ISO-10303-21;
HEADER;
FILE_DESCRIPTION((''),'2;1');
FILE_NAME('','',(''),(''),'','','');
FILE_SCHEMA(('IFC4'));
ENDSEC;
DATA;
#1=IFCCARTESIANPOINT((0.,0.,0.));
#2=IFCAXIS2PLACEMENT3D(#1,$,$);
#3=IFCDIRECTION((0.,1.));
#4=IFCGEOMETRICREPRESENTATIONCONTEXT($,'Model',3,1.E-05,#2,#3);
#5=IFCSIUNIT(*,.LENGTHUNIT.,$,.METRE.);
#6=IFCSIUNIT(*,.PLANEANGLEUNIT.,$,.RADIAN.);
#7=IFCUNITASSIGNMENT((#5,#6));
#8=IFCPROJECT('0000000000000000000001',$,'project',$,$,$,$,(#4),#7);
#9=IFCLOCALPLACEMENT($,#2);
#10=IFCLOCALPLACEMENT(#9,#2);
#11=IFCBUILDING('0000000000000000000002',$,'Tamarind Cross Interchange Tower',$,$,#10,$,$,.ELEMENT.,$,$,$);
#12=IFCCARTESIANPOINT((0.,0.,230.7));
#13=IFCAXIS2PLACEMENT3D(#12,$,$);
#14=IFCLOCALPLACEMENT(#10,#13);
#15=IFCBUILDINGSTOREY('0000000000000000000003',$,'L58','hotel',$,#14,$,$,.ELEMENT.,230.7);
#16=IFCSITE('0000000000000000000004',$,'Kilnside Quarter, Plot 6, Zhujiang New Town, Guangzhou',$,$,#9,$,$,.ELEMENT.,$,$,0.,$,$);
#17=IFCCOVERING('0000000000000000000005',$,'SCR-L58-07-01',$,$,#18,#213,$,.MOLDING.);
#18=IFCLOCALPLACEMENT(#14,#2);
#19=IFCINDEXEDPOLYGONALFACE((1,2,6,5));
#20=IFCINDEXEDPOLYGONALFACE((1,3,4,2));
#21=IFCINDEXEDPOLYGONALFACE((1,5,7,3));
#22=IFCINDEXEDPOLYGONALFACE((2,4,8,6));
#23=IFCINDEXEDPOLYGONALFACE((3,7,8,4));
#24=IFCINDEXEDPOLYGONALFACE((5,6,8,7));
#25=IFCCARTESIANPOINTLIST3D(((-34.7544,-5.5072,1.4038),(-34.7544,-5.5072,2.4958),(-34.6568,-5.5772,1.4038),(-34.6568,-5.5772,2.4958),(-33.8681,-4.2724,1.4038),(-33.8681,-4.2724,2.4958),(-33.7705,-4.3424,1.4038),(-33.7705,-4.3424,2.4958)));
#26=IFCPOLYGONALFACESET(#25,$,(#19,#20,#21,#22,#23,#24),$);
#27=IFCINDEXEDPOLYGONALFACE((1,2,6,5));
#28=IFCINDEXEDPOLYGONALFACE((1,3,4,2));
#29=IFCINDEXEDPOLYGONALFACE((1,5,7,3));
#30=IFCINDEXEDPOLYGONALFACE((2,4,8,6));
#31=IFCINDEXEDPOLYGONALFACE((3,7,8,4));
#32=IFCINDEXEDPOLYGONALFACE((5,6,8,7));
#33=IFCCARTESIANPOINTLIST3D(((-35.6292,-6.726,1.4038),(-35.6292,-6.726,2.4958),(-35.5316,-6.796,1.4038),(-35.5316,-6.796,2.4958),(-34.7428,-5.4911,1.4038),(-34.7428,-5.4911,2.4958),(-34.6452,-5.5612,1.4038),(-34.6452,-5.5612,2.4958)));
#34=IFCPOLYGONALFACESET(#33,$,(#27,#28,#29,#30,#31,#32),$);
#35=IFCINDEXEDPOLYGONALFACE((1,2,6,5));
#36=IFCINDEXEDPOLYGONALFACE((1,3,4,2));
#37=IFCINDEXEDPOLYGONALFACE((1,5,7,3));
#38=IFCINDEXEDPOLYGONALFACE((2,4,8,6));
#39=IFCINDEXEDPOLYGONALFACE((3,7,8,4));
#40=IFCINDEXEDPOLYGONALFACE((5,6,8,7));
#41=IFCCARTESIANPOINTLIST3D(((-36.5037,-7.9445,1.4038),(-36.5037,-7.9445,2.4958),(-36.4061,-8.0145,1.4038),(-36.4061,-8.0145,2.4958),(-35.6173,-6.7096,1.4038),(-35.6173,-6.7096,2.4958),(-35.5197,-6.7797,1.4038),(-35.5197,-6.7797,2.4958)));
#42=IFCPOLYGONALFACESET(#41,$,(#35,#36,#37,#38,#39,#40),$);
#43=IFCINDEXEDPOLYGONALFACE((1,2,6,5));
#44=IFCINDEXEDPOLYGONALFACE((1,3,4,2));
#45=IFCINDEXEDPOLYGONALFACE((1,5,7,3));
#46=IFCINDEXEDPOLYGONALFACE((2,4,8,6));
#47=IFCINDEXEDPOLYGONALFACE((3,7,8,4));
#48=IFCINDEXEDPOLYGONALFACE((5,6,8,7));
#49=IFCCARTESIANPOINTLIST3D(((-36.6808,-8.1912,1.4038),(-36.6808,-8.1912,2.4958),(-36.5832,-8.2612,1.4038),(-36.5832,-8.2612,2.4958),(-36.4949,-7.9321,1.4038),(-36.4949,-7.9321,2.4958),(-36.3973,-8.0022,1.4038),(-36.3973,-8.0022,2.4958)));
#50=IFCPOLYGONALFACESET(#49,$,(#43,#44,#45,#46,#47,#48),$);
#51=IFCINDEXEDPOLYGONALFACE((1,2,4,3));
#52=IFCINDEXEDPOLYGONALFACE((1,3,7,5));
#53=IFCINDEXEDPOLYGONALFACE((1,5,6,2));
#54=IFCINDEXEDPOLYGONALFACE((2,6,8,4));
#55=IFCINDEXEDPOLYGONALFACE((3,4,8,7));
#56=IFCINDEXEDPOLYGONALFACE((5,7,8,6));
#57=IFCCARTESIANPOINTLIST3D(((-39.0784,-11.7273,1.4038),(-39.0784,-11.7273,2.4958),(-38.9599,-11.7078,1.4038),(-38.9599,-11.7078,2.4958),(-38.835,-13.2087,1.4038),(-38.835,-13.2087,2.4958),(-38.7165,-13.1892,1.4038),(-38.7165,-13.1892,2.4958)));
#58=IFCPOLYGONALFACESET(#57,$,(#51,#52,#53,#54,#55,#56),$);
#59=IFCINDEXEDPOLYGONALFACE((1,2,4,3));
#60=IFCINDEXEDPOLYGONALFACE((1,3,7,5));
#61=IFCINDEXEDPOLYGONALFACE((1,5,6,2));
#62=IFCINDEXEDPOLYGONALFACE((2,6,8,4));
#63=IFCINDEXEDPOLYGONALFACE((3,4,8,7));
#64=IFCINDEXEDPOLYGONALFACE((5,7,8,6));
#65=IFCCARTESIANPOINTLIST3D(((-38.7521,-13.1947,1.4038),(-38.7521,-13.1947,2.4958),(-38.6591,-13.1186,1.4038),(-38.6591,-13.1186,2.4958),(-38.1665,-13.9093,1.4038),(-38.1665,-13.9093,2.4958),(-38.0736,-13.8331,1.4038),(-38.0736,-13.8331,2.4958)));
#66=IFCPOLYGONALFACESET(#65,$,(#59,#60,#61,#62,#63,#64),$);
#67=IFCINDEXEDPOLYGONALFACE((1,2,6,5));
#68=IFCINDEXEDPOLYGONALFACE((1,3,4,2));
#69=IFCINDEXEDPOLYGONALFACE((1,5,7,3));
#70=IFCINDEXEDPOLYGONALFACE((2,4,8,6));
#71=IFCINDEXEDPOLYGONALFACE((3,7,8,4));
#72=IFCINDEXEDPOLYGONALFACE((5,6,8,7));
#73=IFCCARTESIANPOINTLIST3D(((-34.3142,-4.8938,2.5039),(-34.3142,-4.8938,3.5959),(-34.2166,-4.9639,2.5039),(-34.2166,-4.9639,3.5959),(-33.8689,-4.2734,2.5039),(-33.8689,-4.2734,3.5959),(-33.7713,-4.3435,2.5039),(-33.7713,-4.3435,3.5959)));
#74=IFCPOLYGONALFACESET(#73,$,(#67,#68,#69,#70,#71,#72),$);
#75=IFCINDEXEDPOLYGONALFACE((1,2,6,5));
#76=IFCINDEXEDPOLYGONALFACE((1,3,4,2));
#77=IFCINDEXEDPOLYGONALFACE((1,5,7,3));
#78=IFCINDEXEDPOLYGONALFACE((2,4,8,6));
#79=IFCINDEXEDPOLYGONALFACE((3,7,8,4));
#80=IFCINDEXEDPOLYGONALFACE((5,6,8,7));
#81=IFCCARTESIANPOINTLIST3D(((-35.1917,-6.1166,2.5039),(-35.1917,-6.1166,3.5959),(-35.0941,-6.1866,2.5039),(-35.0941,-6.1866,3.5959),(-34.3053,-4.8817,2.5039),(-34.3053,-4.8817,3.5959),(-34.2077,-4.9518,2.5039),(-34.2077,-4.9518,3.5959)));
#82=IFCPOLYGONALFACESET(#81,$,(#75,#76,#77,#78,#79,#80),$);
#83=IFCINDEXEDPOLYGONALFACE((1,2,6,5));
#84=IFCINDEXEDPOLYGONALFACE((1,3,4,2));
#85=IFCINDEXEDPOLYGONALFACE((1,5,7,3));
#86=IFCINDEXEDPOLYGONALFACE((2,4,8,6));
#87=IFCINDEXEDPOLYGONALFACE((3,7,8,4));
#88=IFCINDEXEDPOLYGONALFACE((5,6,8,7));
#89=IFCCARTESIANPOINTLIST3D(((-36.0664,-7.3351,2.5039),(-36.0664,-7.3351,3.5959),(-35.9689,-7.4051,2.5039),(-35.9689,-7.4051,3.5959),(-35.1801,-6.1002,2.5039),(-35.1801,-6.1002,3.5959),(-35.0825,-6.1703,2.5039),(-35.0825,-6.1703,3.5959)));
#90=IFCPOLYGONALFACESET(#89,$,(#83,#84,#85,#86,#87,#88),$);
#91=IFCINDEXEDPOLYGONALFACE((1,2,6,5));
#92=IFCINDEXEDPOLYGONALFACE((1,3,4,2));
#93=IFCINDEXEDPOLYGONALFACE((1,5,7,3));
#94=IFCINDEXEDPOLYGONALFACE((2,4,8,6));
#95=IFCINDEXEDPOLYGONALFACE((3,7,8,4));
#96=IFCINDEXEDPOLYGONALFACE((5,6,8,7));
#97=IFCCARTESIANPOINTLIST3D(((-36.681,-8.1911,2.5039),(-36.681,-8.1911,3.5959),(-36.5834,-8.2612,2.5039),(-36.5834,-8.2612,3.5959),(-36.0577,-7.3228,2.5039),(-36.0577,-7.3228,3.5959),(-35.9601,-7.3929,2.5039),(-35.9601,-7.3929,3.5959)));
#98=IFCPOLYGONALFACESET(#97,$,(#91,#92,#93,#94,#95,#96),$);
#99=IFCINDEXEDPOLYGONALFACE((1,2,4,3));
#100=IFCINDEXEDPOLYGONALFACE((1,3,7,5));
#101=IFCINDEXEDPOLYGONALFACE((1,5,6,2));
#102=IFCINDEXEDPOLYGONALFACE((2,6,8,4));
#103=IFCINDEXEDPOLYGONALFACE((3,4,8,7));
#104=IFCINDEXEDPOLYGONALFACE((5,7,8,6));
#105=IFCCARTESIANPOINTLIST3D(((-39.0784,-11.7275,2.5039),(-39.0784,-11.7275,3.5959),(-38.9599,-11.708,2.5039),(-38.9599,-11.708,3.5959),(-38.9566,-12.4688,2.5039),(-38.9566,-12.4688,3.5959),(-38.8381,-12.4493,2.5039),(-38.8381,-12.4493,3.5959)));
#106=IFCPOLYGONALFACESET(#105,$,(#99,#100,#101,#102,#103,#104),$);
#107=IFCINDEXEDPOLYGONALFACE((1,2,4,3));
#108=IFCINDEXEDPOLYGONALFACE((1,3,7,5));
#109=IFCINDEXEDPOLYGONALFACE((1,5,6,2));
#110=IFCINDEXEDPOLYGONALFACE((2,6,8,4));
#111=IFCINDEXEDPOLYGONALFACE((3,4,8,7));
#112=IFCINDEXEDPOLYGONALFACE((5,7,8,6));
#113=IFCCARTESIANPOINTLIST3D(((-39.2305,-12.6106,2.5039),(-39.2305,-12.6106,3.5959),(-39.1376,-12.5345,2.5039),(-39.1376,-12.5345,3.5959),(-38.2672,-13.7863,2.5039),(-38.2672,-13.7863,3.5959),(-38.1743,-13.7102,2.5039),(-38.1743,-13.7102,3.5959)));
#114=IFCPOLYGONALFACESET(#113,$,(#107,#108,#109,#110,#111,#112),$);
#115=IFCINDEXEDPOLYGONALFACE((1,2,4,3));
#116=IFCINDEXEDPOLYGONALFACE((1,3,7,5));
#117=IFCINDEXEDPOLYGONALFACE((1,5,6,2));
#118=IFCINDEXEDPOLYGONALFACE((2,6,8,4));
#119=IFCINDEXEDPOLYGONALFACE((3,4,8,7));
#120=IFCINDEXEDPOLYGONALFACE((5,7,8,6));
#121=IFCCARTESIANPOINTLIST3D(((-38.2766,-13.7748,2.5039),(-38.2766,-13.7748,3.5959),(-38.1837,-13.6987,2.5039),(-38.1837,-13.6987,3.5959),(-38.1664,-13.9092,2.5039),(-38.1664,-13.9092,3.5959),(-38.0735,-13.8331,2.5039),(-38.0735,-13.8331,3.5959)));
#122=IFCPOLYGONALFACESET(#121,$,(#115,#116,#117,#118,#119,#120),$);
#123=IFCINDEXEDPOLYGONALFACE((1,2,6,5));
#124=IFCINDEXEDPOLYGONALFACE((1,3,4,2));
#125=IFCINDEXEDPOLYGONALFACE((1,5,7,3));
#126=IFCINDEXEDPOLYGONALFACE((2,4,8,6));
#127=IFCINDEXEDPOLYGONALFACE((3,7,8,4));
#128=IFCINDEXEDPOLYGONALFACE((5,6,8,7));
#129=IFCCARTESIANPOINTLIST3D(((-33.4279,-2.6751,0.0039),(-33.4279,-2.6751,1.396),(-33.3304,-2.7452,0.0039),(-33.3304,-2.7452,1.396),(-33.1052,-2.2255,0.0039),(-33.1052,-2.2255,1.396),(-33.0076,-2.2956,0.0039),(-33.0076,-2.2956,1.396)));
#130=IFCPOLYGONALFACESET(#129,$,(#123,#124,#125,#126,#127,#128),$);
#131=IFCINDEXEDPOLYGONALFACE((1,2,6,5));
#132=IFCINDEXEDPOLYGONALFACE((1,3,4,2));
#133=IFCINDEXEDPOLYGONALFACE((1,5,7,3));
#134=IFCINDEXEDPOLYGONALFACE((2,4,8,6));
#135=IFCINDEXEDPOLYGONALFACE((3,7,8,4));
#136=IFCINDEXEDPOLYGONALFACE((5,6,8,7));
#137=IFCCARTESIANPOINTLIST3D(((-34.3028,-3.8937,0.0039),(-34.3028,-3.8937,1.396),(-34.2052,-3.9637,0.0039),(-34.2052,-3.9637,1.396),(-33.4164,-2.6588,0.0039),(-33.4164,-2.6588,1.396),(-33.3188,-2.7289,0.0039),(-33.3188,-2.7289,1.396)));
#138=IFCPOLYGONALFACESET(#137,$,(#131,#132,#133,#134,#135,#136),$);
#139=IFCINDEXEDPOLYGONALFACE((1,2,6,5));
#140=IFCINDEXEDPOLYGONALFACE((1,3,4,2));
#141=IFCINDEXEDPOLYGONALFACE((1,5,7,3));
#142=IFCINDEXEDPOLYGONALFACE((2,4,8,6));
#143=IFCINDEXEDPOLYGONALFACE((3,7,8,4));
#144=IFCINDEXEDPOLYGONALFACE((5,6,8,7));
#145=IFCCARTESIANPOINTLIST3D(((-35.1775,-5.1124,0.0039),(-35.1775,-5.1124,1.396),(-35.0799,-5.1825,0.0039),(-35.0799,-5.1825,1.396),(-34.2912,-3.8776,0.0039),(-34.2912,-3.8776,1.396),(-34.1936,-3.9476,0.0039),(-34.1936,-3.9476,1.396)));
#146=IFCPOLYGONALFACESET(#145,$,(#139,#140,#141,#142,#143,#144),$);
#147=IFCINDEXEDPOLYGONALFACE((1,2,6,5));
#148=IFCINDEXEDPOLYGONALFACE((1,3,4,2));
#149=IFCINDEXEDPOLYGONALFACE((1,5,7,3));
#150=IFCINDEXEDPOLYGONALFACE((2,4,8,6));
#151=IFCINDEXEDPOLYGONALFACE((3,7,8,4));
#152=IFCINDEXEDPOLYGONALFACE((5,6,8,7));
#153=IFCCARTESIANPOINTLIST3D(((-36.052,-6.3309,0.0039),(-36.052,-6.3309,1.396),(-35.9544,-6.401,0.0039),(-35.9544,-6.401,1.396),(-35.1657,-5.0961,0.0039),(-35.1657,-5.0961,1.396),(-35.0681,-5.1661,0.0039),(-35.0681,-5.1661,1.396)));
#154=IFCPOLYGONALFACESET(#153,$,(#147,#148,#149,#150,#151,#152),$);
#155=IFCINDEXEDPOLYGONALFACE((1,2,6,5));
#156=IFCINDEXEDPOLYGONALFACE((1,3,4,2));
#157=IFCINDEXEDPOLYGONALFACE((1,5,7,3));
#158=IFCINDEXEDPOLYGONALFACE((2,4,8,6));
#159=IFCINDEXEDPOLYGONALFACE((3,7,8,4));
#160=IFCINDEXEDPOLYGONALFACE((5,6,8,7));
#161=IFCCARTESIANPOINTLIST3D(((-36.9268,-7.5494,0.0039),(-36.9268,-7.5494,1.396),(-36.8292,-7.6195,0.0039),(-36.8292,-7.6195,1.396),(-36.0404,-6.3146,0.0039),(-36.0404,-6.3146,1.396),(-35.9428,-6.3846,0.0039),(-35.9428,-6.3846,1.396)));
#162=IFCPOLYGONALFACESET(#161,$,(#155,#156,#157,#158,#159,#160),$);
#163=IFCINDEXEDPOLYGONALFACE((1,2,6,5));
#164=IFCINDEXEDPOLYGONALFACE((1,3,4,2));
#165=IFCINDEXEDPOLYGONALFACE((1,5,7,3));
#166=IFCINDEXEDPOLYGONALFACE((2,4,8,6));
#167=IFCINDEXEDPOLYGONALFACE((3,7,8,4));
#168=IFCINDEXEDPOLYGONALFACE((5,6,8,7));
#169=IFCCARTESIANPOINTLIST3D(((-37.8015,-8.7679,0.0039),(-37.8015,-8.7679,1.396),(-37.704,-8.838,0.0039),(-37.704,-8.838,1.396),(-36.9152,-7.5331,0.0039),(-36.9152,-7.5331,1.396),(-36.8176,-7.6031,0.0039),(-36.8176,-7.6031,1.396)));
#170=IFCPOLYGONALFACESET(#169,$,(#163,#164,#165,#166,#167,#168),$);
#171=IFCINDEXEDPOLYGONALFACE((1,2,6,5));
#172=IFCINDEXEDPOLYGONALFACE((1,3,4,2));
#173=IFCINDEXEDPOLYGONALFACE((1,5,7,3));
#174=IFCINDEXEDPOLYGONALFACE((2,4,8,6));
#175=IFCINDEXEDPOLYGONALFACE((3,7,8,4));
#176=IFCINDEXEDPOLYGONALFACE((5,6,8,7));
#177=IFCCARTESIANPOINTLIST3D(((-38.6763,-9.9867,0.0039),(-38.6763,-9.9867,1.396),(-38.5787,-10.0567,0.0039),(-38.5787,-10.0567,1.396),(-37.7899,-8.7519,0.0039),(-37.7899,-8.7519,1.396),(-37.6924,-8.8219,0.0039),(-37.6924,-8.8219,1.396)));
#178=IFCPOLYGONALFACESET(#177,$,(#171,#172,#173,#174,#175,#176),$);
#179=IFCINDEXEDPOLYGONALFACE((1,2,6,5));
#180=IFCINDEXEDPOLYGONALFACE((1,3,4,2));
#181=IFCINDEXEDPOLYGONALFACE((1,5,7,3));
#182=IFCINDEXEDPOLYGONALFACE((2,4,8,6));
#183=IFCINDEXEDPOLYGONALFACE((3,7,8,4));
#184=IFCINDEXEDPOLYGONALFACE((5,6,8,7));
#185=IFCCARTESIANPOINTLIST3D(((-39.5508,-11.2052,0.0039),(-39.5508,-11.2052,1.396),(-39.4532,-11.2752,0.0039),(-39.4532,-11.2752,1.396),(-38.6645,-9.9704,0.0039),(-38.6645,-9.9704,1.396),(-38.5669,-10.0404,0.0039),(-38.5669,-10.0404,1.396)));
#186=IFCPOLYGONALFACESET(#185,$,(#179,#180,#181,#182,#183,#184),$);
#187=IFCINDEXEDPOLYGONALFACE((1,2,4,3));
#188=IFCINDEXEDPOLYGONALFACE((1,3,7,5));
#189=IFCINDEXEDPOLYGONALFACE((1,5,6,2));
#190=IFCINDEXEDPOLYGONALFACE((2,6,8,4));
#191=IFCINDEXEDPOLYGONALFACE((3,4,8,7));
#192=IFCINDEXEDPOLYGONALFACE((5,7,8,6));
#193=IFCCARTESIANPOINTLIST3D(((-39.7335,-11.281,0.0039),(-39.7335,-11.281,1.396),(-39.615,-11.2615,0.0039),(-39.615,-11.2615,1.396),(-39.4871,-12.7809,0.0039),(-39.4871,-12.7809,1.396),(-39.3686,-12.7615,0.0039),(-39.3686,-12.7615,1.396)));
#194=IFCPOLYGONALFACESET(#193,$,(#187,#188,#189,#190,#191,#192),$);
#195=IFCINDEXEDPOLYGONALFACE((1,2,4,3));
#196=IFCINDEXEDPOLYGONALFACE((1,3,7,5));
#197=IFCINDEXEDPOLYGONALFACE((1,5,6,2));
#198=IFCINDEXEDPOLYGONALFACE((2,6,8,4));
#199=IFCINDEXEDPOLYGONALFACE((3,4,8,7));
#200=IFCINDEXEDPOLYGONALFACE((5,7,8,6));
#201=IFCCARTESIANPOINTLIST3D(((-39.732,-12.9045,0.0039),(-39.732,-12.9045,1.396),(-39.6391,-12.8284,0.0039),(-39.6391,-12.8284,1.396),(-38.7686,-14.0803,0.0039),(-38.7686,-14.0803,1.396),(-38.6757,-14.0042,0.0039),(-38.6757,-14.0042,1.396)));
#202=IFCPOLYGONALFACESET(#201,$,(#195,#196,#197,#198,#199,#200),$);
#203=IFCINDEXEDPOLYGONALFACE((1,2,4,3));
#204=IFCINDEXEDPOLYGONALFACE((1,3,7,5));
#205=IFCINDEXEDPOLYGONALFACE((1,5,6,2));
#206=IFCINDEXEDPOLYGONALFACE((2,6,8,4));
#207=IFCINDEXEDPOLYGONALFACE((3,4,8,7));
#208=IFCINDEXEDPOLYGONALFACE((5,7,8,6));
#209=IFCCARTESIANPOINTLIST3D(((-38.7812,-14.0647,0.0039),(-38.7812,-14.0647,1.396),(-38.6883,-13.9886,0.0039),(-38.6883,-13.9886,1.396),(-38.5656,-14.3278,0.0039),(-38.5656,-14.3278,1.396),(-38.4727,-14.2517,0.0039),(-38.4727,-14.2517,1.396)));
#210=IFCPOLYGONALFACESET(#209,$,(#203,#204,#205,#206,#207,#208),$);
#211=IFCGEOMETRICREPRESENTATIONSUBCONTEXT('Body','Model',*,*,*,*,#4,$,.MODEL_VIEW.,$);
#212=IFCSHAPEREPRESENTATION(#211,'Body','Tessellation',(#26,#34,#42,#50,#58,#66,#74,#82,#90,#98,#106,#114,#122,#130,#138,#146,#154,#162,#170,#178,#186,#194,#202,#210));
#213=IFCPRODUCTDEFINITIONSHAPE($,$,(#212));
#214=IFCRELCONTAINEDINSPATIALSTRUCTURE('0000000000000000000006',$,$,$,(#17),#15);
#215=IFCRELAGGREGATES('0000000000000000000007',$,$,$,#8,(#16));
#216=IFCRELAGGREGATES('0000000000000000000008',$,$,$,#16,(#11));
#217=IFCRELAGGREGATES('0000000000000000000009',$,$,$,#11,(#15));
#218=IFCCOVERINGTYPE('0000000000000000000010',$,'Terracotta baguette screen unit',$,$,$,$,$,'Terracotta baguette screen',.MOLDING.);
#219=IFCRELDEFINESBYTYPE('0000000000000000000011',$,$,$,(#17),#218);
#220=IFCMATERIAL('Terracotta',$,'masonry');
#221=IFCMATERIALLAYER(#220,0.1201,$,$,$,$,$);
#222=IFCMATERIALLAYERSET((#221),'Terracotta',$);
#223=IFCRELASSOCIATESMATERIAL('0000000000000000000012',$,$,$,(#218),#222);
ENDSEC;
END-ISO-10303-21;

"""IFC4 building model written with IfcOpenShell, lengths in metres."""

from ifc_helpers import new_model, si_unit, direction, frame, origin, origin_2d, place, context, subcontext, project, spatial, rectangle, extrude, material, layer, layer_set, type_object, element, save


model = new_model("IFC4")

# Units and contexts
model_context = context("Model", 3, precision=1e-05, world=origin(), true_north=direction((0.0, 1.0)))
body_context = subcontext(model_context, "Body", "Model", "MODEL_VIEW")
ifc_project = project(units=[si_unit("LENGTHUNIT", "METRE"), si_unit("PLANEANGLEUNIT", "RADIAN")], contexts=[model_context])

# Site, building, storey
site_placement = place(None, origin())
site = spatial("IfcSite", under=ifc_project, at=site_placement, Name="Kilnside Quarter, Plot 6, Zhujiang New Town, Guangzhou", CompositionType="ELEMENT", RefElevation=0.0)
building_placement = place(site_placement, origin())
building = spatial("IfcBuilding", under=site, at=building_placement, Name="Tamarind Cross Interchange Tower", CompositionType="ELEMENT")
storey_placement = place(building_placement, frame((0.0, 0.0, 230.7)))
storey = spatial("IfcBuildingStorey", under=building, at=storey_placement, Name="L58", Description="hotel", CompositionType="ELEMENT", Elevation=230.7)

# Covering
ifc_material_1 = material(Name="Terracotta", Category="masonry")
ifc_layer_1 = layer(ifc_material_1, 0.1201)
ifc_layer_set_1 = layer_set([ifc_layer_1], Name="Terracotta")
covering_type = type_object("IfcCoveringType", Name="Terracotta baguette screen unit", ElementType="Terracotta baguette screen", PredefinedType="MOLDING", material=ifc_layer_set_1)
covering_1_placement = place(storey_placement, origin())
element("IfcCovering", 1, at=covering_1_placement, inside=storey, type_object=covering_type, Name="SCR-L58-07-01", PredefinedType="MOLDING", context=body_context, shape_type="SweptSolid", body=[
    extrude(rectangle(XDim=1.52, YDim=0.1201, at=origin_2d()), frame((-34.2625, -4.9248, 1.4038), z_axis=(0.0, 0.0, 1.0), x_axis=(-0.583122, -0.812385, 0.0)), (0.0, 0.0, 1.0), 1.092),
    extrude(rectangle(XDim=1.52, YDim=0.1201, at=origin_2d()), frame((-35.1372, -6.1436, 1.4038), z_axis=(0.0, 0.0, 1.0), x_axis=(-0.583122, -0.812385, 0.0)), (0.0, 0.0, 1.0), 1.092),
    extrude(rectangle(XDim=1.52, YDim=0.1201, at=origin_2d()), frame((-36.0117, -7.3621, 1.4038), z_axis=(0.0, 0.0, 1.0), x_axis=(-0.583122, -0.812385, 0.0)), (0.0, 0.0, 1.0), 1.092),
    extrude(rectangle(XDim=0.3188, YDim=0.1201, at=origin_2d()), frame((-36.5391, -8.0967, 1.4038), z_axis=(0.0, 0.0, 1.0), x_axis=(-0.583122, -0.812385, 0.0)), (0.0, 0.0, 1.0), 1.092),
    extrude(rectangle(XDim=1.5012, YDim=0.1201, at=origin_2d()), frame((-38.8975, -12.4583, 1.4038), z_axis=(0.0, 0.0, 1.0), x_axis=(0.162114, -0.986772, 0.0)), (0.0, 0.0, 1.0), 1.092),
    extrude(rectangle(XDim=0.9238, YDim=0.1201, at=origin_2d()), frame((-38.4128, -13.5139, 1.4038), z_axis=(0.0, 0.0, 1.0), x_axis=(0.633781, -0.773513, 0.0)), (0.0, 0.0, 1.0), 1.092),
    extrude(rectangle(XDim=0.7637, YDim=0.1201, at=origin_2d()), frame((-34.0427, -4.6187, 2.5039), z_axis=(0.0, 0.0, 1.0), x_axis=(-0.583122, -0.812385, 0.0)), (0.0, 0.0, 1.0), 1.092),
    extrude(rectangle(XDim=1.52, YDim=0.1201, at=origin_2d()), frame((-34.6997, -5.5342, 2.5039), z_axis=(0.0, 0.0, 1.0), x_axis=(-0.583122, -0.812385, 0.0)), (0.0, 0.0, 1.0), 1.092),
    extrude(rectangle(XDim=1.52, YDim=0.1201, at=origin_2d()), frame((-35.5745, -6.7527, 2.5039), z_axis=(0.0, 0.0, 1.0), x_axis=(-0.583122, -0.812385, 0.0)), (0.0, 0.0, 1.0), 1.092),
    extrude(rectangle(XDim=1.0688, YDim=0.1201, at=origin_2d()), frame((-36.3206, -7.792, 2.5039), z_axis=(0.0, 0.0, 1.0), x_axis=(-0.583122, -0.812385, 0.0)), (0.0, 0.0, 1.0), 1.092),
    extrude(rectangle(XDim=0.7512, YDim=0.1201, at=origin_2d()), frame((-38.9583, -12.0884, 2.5039), z_axis=(0.0, 0.0, 1.0), x_axis=(0.162114, -0.986772, 0.0)), (0.0, 0.0, 1.0), 1.092),
    extrude(rectangle(XDim=1.52, YDim=0.1201, at=origin_2d()), frame((-38.7024, -13.1604, 2.5039), z_axis=(0.0, 0.0, 1.0), x_axis=(0.633781, -0.773513, 0.0)), (0.0, 0.0, 1.0), 1.092),
    extrude(rectangle(XDim=0.1738, YDim=0.1201, at=origin_2d()), frame((-38.175, -13.804, 2.5039), z_axis=(0.0, 0.0, 1.0), x_axis=(0.633781, -0.773513, 0.0)), (0.0, 0.0, 1.0), 1.092),
    extrude(rectangle(XDim=0.5535, YDim=0.1201, at=origin_2d()), frame((-33.2178, -2.4854, 0.0039), z_axis=(0.0, 0.0, 1.0), x_axis=(-0.583122, -0.812385, 0.0)), (0.0, 0.0, 1.0), 1.3921),
    extrude(rectangle(XDim=1.52, YDim=0.1201, at=origin_2d()), frame((-33.8108, -3.3113, 0.0039), z_axis=(0.0, 0.0, 1.0), x_axis=(-0.583122, -0.812385, 0.0)), (0.0, 0.0, 1.0), 1.3921),
    extrude(rectangle(XDim=1.52, YDim=0.1201, at=origin_2d()), frame((-34.6855, -4.53, 0.0039), z_axis=(0.0, 0.0, 1.0), x_axis=(-0.583122, -0.812385, 0.0)), (0.0, 0.0, 1.0), 1.3921),
    extrude(rectangle(XDim=1.52, YDim=0.1201, at=origin_2d()), frame((-35.5601, -5.7485, 0.0039), z_axis=(0.0, 0.0, 1.0), x_axis=(-0.583122, -0.812385, 0.0)), (0.0, 0.0, 1.0), 1.3921),
    extrude(rectangle(XDim=1.52, YDim=0.1201, at=origin_2d()), frame((-36.4348, -6.967, 0.0039), z_axis=(0.0, 0.0, 1.0), x_axis=(-0.583122, -0.812385, 0.0)), (0.0, 0.0, 1.0), 1.3921),
    extrude(rectangle(XDim=1.52, YDim=0.1201, at=origin_2d()), frame((-37.3096, -8.1855, 0.0039), z_axis=(0.0, 0.0, 1.0), x_axis=(-0.583122, -0.812385, 0.0)), (0.0, 0.0, 1.0), 1.3921),
    extrude(rectangle(XDim=1.52, YDim=0.1201, at=origin_2d()), frame((-38.1843, -9.4043, 0.0039), z_axis=(0.0, 0.0, 1.0), x_axis=(-0.583122, -0.812385, 0.0)), (0.0, 0.0, 1.0), 1.3921),
    extrude(rectangle(XDim=1.52, YDim=0.1201, at=origin_2d()), frame((-39.0588, -10.6228, 0.0039), z_axis=(0.0, 0.0, 1.0), x_axis=(-0.583122, -0.812385, 0.0)), (0.0, 0.0, 1.0), 1.3921),
    extrude(rectangle(XDim=1.52, YDim=0.1201, at=origin_2d()), frame((-39.551, -12.0212, 0.0039), z_axis=(0.0, 0.0, 1.0), x_axis=(0.162114, -0.986772, 0.0)), (0.0, 0.0, 1.0), 1.3921),
    extrude(rectangle(XDim=1.52, YDim=0.1201, at=origin_2d()), frame((-39.2039, -13.4543, 0.0039), z_axis=(0.0, 0.0, 1.0), x_axis=(0.633781, -0.773513, 0.0)), (0.0, 0.0, 1.0), 1.3921),
    extrude(rectangle(XDim=0.3401, YDim=0.1201, at=origin_2d()), frame((-38.627, -14.1582, 0.0039), z_axis=(0.0, 0.0, 1.0), x_axis=(0.633781, -0.773513, 0.0)), (0.0, 0.0, 1.0), 1.3921),
])

save(model, "model.ifc")
